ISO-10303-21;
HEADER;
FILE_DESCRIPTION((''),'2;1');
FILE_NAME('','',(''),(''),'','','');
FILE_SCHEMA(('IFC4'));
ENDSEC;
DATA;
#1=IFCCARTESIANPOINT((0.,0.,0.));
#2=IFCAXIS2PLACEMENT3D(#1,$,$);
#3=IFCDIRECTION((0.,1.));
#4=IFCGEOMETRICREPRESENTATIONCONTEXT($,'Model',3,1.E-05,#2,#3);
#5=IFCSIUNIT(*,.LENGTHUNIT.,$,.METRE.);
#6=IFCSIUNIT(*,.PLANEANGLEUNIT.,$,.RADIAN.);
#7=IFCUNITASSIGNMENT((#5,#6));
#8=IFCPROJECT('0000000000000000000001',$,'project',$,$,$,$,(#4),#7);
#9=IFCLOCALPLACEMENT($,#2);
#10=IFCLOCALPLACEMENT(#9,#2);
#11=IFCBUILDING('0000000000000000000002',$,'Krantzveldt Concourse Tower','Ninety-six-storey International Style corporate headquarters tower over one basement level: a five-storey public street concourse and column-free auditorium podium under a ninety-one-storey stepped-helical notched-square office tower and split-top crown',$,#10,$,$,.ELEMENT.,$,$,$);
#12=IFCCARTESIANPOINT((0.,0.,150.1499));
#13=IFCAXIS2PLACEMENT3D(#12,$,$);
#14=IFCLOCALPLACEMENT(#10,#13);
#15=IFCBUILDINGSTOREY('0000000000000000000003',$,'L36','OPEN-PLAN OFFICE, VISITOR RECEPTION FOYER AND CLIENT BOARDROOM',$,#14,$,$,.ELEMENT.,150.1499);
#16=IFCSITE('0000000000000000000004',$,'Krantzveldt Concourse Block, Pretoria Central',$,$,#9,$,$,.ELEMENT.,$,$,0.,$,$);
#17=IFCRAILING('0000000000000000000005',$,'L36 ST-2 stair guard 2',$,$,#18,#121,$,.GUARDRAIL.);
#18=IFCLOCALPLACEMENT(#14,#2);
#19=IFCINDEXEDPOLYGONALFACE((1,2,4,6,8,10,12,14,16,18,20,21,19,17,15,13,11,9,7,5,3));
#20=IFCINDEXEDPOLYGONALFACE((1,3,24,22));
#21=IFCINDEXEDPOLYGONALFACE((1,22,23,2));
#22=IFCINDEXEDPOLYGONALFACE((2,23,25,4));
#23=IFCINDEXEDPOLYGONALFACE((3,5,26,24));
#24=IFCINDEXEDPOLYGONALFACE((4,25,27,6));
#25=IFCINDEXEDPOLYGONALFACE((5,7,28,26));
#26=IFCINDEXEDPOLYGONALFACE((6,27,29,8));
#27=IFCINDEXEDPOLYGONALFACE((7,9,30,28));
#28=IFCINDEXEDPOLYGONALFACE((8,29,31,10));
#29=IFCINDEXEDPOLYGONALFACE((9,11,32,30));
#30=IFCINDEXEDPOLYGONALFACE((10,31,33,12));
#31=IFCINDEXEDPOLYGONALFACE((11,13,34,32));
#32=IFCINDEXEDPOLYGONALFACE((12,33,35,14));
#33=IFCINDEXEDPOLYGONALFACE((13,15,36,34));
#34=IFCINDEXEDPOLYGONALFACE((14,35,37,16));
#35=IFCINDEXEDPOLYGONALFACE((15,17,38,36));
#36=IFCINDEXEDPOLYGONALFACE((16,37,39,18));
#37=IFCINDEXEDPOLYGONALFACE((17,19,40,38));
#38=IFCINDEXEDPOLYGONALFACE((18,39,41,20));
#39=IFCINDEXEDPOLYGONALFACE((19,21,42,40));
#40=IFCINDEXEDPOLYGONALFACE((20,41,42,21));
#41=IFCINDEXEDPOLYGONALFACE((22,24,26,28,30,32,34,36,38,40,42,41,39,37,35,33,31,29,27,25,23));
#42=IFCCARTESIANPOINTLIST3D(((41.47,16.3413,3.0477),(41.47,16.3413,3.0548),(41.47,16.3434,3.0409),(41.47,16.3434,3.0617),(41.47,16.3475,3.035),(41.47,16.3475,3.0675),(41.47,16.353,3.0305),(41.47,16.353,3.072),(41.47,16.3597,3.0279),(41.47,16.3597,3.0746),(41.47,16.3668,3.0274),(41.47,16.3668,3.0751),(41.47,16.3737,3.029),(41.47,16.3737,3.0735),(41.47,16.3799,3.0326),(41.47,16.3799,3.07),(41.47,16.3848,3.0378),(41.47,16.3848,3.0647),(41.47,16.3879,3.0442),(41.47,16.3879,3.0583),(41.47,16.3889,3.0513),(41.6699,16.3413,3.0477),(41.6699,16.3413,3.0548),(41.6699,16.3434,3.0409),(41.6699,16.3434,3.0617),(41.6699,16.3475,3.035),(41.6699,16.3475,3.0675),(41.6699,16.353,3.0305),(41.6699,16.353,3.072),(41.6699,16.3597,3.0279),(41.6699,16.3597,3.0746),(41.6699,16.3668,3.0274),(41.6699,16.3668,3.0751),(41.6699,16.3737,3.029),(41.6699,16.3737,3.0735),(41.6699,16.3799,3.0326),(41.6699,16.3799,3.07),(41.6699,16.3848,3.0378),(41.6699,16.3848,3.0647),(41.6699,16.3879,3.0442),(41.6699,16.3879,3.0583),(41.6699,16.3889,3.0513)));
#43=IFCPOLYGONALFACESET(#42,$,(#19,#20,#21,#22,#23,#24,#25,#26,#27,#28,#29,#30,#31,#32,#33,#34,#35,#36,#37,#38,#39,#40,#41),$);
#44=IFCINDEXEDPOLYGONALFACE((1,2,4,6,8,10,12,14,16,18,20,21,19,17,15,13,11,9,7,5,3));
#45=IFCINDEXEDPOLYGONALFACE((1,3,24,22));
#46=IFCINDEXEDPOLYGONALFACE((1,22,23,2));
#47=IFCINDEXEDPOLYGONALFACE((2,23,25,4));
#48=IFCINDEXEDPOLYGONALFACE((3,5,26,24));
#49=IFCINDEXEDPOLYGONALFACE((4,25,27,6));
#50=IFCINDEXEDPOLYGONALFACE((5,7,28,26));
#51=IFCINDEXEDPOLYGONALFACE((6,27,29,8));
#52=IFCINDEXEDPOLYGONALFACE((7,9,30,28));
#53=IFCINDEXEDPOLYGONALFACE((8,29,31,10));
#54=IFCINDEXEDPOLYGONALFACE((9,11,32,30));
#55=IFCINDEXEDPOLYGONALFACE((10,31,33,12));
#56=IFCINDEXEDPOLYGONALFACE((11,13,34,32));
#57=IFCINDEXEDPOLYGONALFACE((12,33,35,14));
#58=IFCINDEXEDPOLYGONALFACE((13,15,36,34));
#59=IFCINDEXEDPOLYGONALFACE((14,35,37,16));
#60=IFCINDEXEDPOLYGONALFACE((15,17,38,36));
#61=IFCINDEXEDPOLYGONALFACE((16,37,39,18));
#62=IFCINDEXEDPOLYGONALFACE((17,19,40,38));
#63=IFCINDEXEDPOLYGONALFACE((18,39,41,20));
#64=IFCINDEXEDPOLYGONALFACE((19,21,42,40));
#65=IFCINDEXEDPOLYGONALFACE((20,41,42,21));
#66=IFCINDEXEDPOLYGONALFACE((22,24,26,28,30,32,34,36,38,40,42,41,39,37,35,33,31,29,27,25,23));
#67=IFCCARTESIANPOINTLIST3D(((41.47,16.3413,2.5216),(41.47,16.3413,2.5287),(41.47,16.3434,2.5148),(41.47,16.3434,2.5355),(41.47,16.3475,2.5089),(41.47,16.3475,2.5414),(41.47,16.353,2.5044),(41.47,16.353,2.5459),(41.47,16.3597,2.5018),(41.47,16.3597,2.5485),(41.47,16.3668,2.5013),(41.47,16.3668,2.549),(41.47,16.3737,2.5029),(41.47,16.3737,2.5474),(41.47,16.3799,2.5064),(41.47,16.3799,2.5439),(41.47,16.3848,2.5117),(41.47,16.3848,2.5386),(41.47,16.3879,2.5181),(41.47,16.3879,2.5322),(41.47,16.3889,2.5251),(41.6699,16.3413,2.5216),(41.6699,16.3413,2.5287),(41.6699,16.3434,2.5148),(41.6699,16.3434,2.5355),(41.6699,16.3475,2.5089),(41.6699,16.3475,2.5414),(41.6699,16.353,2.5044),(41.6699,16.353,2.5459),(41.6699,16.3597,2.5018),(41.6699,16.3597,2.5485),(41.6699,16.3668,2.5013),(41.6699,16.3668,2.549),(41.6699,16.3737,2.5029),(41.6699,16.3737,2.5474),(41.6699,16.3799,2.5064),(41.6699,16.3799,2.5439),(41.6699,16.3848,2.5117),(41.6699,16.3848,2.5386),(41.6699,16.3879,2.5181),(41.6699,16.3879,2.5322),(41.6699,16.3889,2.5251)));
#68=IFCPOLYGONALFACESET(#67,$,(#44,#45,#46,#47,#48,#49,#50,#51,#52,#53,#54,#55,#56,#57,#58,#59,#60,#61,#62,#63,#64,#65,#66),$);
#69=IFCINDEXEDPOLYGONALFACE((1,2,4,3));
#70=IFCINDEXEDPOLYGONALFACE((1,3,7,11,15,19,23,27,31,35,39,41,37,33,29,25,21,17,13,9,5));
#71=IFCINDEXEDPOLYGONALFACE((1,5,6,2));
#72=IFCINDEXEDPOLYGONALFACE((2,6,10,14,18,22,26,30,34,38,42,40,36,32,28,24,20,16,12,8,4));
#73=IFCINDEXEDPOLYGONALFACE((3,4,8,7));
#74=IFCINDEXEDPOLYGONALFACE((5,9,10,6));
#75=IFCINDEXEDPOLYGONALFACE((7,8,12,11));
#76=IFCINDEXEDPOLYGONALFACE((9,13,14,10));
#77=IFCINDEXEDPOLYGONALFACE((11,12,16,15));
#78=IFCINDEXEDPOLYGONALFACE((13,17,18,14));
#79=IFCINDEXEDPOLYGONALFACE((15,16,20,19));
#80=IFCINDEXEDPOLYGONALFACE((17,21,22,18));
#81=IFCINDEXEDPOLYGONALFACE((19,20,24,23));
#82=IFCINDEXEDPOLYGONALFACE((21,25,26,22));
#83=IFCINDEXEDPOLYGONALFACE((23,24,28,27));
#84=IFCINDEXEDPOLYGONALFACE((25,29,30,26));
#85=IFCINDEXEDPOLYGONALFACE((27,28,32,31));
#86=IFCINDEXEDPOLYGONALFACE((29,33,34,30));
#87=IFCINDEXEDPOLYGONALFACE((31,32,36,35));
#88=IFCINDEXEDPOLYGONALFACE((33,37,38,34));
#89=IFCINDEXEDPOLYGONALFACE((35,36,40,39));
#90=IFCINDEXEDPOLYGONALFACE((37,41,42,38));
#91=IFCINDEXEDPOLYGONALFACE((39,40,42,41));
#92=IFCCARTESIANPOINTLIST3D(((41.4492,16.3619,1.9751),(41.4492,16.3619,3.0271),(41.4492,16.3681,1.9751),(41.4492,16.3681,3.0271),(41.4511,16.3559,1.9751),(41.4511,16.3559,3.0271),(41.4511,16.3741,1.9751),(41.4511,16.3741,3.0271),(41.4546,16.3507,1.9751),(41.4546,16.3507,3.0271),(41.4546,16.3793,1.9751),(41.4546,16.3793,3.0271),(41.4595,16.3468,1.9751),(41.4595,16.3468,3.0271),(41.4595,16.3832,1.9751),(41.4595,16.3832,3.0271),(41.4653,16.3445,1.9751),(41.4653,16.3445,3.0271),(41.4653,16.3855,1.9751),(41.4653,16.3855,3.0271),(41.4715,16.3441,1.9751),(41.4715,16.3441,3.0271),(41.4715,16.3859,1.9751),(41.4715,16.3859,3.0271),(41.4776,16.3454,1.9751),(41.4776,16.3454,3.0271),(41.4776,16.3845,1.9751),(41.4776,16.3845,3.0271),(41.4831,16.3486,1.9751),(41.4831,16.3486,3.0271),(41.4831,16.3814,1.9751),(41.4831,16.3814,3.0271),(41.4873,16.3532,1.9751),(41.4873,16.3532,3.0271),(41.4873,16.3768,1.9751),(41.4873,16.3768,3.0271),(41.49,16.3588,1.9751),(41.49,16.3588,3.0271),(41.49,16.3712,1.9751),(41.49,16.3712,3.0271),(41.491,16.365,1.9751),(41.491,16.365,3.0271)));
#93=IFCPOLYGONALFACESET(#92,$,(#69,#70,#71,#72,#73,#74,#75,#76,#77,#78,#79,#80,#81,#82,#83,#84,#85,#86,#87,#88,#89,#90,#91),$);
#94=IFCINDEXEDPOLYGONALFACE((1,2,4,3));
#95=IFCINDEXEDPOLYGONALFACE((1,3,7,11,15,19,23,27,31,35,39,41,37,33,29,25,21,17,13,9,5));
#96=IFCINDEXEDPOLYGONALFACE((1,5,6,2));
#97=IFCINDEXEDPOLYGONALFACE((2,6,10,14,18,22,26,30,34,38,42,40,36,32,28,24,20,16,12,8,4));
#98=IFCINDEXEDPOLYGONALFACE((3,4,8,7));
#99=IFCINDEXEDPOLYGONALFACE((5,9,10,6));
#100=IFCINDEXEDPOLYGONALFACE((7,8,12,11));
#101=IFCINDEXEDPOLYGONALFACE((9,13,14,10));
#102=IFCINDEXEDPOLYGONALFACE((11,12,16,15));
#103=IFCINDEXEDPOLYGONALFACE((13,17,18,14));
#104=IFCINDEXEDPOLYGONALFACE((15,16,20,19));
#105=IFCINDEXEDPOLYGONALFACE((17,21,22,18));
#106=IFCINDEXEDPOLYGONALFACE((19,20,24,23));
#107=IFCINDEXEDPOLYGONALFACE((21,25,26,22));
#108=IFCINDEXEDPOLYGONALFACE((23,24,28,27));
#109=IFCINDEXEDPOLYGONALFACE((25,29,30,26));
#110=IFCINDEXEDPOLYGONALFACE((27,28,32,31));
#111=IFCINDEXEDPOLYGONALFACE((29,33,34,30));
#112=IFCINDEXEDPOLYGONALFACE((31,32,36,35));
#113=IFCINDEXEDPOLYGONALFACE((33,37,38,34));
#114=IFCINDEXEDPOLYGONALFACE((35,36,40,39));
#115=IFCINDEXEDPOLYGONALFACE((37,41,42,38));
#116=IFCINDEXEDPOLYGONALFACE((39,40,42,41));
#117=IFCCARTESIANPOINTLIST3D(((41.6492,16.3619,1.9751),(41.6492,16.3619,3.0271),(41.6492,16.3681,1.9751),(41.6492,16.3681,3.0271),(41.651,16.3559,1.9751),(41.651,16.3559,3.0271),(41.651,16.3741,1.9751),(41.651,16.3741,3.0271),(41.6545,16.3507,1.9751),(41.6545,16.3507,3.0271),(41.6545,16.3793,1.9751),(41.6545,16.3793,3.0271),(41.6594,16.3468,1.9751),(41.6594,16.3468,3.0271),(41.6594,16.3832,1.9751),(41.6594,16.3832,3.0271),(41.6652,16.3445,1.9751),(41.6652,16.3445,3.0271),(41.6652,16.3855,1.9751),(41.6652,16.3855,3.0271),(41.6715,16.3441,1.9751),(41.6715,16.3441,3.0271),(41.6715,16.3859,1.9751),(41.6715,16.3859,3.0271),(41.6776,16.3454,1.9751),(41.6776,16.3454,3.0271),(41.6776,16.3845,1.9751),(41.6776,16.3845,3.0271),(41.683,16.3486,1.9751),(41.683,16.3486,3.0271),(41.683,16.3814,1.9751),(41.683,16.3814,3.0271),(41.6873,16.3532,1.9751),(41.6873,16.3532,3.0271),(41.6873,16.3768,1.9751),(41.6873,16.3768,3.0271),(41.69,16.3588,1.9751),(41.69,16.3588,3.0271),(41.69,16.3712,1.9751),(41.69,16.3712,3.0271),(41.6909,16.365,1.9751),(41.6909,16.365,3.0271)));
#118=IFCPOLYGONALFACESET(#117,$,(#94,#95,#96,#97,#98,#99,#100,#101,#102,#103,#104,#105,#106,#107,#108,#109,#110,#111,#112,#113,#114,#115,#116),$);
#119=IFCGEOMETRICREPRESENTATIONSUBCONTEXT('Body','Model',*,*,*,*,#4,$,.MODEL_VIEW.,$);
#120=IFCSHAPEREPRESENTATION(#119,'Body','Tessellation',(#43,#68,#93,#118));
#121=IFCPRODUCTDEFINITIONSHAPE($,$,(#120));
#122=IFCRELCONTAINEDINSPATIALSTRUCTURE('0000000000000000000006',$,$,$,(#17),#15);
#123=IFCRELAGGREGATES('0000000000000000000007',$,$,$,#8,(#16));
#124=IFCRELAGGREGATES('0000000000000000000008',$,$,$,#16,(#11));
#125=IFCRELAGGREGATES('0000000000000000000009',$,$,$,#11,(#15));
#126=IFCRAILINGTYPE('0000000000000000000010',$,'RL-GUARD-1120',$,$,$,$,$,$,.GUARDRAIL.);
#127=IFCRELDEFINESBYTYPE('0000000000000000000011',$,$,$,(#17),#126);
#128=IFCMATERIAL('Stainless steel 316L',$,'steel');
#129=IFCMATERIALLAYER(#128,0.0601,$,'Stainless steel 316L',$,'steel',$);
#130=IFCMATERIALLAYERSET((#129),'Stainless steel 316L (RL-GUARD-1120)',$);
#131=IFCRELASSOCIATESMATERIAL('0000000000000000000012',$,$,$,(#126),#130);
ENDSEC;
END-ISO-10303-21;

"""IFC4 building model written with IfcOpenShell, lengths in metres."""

from ifc_helpers import new_model, si_unit, direction, frame, origin, origin_2d, place, context, subcontext, project, spatial, circle, extrude, material, layer, layer_set, type_object, element, save


model = new_model("IFC4")

# Units and contexts
model_context = context("Model", 3, precision=1e-05, world=origin(), true_north=direction((0.0, 1.0)))
body_context = subcontext(model_context, "Body", "Model", "MODEL_VIEW")
ifc_project = project(units=[si_unit("LENGTHUNIT", "METRE"), si_unit("PLANEANGLEUNIT", "RADIAN")], contexts=[model_context])

# Site, building, storey
site_placement = place(None, origin())
site = spatial("IfcSite", under=ifc_project, at=site_placement, Name="Krantzveldt Concourse Block, Pretoria Central", CompositionType="ELEMENT", RefElevation=0.0)
building_placement = place(site_placement, origin())
building = spatial("IfcBuilding", under=site, at=building_placement, Name="Krantzveldt Concourse Tower", Description="Ninety-six-storey International Style corporate headquarters tower over one basement level: a five-storey public street concourse and column-free auditorium podium under a ninety-one-storey stepped-helical notched-square office tower and split-top crown", CompositionType="ELEMENT")
storey_placement = place(building_placement, frame((0.0, 0.0, 150.1499)))
storey = spatial("IfcBuildingStorey", under=building, at=storey_placement, Name="L36", Description="OPEN-PLAN OFFICE, VISITOR RECEPTION FOYER AND CLIENT BOARDROOM", CompositionType="ELEMENT", Elevation=150.1499)

# Shared definitions
ifc_material_1 = material(Name="Stainless steel 316L", Category="steel")

# Railing
ifc_layer_1 = layer(ifc_material_1, 0.0601, Name="Stainless steel 316L", Category="steel")
ifc_layer_set_1 = layer_set([ifc_layer_1], Name="Stainless steel 316L (RL-GUARD-1120)")
railing_type_1 = type_object("IfcRailingType", Name="RL-GUARD-1120", PredefinedType="GUARDRAIL", material=ifc_layer_set_1)
railing_1_placement = place(storey_placement, frame((41.47, 16.365, 1.9751)))
element("IfcRailing", 1, at=railing_1_placement, inside=storey, type_object=railing_type_1, Name="L36 ST-2 stair guard 2", PredefinedType="GUARDRAIL", context=body_context, shape_type="SweptSolid", body=[
    extrude(circle(Radius=0.0239, at=origin_2d()), frame((0.0, 0.0, 1.0762), z_axis=(1.0, 0.0, 0.0), x_axis=(0.0, 1.0, 0.0)), (0.0, 0.0, 1.0), 0.2),
    extrude(circle(Radius=0.0239, at=origin_2d()), frame((0.0, 0.0, 0.55), z_axis=(1.0, 0.0, 0.0), x_axis=(0.0, 1.0, 0.0)), (0.0, 0.0, 1.0), 0.2),
    extrude(circle(Radius=0.021, at=origin_2d()), origin(), (0.0, 0.0, 1.0), 1.052),
    extrude(circle(Radius=0.021, at=origin_2d()), frame((0.2, 0.0, 0.0)), (0.0, 0.0, 1.0), 1.052),
])

save(model, "model.ifc")
